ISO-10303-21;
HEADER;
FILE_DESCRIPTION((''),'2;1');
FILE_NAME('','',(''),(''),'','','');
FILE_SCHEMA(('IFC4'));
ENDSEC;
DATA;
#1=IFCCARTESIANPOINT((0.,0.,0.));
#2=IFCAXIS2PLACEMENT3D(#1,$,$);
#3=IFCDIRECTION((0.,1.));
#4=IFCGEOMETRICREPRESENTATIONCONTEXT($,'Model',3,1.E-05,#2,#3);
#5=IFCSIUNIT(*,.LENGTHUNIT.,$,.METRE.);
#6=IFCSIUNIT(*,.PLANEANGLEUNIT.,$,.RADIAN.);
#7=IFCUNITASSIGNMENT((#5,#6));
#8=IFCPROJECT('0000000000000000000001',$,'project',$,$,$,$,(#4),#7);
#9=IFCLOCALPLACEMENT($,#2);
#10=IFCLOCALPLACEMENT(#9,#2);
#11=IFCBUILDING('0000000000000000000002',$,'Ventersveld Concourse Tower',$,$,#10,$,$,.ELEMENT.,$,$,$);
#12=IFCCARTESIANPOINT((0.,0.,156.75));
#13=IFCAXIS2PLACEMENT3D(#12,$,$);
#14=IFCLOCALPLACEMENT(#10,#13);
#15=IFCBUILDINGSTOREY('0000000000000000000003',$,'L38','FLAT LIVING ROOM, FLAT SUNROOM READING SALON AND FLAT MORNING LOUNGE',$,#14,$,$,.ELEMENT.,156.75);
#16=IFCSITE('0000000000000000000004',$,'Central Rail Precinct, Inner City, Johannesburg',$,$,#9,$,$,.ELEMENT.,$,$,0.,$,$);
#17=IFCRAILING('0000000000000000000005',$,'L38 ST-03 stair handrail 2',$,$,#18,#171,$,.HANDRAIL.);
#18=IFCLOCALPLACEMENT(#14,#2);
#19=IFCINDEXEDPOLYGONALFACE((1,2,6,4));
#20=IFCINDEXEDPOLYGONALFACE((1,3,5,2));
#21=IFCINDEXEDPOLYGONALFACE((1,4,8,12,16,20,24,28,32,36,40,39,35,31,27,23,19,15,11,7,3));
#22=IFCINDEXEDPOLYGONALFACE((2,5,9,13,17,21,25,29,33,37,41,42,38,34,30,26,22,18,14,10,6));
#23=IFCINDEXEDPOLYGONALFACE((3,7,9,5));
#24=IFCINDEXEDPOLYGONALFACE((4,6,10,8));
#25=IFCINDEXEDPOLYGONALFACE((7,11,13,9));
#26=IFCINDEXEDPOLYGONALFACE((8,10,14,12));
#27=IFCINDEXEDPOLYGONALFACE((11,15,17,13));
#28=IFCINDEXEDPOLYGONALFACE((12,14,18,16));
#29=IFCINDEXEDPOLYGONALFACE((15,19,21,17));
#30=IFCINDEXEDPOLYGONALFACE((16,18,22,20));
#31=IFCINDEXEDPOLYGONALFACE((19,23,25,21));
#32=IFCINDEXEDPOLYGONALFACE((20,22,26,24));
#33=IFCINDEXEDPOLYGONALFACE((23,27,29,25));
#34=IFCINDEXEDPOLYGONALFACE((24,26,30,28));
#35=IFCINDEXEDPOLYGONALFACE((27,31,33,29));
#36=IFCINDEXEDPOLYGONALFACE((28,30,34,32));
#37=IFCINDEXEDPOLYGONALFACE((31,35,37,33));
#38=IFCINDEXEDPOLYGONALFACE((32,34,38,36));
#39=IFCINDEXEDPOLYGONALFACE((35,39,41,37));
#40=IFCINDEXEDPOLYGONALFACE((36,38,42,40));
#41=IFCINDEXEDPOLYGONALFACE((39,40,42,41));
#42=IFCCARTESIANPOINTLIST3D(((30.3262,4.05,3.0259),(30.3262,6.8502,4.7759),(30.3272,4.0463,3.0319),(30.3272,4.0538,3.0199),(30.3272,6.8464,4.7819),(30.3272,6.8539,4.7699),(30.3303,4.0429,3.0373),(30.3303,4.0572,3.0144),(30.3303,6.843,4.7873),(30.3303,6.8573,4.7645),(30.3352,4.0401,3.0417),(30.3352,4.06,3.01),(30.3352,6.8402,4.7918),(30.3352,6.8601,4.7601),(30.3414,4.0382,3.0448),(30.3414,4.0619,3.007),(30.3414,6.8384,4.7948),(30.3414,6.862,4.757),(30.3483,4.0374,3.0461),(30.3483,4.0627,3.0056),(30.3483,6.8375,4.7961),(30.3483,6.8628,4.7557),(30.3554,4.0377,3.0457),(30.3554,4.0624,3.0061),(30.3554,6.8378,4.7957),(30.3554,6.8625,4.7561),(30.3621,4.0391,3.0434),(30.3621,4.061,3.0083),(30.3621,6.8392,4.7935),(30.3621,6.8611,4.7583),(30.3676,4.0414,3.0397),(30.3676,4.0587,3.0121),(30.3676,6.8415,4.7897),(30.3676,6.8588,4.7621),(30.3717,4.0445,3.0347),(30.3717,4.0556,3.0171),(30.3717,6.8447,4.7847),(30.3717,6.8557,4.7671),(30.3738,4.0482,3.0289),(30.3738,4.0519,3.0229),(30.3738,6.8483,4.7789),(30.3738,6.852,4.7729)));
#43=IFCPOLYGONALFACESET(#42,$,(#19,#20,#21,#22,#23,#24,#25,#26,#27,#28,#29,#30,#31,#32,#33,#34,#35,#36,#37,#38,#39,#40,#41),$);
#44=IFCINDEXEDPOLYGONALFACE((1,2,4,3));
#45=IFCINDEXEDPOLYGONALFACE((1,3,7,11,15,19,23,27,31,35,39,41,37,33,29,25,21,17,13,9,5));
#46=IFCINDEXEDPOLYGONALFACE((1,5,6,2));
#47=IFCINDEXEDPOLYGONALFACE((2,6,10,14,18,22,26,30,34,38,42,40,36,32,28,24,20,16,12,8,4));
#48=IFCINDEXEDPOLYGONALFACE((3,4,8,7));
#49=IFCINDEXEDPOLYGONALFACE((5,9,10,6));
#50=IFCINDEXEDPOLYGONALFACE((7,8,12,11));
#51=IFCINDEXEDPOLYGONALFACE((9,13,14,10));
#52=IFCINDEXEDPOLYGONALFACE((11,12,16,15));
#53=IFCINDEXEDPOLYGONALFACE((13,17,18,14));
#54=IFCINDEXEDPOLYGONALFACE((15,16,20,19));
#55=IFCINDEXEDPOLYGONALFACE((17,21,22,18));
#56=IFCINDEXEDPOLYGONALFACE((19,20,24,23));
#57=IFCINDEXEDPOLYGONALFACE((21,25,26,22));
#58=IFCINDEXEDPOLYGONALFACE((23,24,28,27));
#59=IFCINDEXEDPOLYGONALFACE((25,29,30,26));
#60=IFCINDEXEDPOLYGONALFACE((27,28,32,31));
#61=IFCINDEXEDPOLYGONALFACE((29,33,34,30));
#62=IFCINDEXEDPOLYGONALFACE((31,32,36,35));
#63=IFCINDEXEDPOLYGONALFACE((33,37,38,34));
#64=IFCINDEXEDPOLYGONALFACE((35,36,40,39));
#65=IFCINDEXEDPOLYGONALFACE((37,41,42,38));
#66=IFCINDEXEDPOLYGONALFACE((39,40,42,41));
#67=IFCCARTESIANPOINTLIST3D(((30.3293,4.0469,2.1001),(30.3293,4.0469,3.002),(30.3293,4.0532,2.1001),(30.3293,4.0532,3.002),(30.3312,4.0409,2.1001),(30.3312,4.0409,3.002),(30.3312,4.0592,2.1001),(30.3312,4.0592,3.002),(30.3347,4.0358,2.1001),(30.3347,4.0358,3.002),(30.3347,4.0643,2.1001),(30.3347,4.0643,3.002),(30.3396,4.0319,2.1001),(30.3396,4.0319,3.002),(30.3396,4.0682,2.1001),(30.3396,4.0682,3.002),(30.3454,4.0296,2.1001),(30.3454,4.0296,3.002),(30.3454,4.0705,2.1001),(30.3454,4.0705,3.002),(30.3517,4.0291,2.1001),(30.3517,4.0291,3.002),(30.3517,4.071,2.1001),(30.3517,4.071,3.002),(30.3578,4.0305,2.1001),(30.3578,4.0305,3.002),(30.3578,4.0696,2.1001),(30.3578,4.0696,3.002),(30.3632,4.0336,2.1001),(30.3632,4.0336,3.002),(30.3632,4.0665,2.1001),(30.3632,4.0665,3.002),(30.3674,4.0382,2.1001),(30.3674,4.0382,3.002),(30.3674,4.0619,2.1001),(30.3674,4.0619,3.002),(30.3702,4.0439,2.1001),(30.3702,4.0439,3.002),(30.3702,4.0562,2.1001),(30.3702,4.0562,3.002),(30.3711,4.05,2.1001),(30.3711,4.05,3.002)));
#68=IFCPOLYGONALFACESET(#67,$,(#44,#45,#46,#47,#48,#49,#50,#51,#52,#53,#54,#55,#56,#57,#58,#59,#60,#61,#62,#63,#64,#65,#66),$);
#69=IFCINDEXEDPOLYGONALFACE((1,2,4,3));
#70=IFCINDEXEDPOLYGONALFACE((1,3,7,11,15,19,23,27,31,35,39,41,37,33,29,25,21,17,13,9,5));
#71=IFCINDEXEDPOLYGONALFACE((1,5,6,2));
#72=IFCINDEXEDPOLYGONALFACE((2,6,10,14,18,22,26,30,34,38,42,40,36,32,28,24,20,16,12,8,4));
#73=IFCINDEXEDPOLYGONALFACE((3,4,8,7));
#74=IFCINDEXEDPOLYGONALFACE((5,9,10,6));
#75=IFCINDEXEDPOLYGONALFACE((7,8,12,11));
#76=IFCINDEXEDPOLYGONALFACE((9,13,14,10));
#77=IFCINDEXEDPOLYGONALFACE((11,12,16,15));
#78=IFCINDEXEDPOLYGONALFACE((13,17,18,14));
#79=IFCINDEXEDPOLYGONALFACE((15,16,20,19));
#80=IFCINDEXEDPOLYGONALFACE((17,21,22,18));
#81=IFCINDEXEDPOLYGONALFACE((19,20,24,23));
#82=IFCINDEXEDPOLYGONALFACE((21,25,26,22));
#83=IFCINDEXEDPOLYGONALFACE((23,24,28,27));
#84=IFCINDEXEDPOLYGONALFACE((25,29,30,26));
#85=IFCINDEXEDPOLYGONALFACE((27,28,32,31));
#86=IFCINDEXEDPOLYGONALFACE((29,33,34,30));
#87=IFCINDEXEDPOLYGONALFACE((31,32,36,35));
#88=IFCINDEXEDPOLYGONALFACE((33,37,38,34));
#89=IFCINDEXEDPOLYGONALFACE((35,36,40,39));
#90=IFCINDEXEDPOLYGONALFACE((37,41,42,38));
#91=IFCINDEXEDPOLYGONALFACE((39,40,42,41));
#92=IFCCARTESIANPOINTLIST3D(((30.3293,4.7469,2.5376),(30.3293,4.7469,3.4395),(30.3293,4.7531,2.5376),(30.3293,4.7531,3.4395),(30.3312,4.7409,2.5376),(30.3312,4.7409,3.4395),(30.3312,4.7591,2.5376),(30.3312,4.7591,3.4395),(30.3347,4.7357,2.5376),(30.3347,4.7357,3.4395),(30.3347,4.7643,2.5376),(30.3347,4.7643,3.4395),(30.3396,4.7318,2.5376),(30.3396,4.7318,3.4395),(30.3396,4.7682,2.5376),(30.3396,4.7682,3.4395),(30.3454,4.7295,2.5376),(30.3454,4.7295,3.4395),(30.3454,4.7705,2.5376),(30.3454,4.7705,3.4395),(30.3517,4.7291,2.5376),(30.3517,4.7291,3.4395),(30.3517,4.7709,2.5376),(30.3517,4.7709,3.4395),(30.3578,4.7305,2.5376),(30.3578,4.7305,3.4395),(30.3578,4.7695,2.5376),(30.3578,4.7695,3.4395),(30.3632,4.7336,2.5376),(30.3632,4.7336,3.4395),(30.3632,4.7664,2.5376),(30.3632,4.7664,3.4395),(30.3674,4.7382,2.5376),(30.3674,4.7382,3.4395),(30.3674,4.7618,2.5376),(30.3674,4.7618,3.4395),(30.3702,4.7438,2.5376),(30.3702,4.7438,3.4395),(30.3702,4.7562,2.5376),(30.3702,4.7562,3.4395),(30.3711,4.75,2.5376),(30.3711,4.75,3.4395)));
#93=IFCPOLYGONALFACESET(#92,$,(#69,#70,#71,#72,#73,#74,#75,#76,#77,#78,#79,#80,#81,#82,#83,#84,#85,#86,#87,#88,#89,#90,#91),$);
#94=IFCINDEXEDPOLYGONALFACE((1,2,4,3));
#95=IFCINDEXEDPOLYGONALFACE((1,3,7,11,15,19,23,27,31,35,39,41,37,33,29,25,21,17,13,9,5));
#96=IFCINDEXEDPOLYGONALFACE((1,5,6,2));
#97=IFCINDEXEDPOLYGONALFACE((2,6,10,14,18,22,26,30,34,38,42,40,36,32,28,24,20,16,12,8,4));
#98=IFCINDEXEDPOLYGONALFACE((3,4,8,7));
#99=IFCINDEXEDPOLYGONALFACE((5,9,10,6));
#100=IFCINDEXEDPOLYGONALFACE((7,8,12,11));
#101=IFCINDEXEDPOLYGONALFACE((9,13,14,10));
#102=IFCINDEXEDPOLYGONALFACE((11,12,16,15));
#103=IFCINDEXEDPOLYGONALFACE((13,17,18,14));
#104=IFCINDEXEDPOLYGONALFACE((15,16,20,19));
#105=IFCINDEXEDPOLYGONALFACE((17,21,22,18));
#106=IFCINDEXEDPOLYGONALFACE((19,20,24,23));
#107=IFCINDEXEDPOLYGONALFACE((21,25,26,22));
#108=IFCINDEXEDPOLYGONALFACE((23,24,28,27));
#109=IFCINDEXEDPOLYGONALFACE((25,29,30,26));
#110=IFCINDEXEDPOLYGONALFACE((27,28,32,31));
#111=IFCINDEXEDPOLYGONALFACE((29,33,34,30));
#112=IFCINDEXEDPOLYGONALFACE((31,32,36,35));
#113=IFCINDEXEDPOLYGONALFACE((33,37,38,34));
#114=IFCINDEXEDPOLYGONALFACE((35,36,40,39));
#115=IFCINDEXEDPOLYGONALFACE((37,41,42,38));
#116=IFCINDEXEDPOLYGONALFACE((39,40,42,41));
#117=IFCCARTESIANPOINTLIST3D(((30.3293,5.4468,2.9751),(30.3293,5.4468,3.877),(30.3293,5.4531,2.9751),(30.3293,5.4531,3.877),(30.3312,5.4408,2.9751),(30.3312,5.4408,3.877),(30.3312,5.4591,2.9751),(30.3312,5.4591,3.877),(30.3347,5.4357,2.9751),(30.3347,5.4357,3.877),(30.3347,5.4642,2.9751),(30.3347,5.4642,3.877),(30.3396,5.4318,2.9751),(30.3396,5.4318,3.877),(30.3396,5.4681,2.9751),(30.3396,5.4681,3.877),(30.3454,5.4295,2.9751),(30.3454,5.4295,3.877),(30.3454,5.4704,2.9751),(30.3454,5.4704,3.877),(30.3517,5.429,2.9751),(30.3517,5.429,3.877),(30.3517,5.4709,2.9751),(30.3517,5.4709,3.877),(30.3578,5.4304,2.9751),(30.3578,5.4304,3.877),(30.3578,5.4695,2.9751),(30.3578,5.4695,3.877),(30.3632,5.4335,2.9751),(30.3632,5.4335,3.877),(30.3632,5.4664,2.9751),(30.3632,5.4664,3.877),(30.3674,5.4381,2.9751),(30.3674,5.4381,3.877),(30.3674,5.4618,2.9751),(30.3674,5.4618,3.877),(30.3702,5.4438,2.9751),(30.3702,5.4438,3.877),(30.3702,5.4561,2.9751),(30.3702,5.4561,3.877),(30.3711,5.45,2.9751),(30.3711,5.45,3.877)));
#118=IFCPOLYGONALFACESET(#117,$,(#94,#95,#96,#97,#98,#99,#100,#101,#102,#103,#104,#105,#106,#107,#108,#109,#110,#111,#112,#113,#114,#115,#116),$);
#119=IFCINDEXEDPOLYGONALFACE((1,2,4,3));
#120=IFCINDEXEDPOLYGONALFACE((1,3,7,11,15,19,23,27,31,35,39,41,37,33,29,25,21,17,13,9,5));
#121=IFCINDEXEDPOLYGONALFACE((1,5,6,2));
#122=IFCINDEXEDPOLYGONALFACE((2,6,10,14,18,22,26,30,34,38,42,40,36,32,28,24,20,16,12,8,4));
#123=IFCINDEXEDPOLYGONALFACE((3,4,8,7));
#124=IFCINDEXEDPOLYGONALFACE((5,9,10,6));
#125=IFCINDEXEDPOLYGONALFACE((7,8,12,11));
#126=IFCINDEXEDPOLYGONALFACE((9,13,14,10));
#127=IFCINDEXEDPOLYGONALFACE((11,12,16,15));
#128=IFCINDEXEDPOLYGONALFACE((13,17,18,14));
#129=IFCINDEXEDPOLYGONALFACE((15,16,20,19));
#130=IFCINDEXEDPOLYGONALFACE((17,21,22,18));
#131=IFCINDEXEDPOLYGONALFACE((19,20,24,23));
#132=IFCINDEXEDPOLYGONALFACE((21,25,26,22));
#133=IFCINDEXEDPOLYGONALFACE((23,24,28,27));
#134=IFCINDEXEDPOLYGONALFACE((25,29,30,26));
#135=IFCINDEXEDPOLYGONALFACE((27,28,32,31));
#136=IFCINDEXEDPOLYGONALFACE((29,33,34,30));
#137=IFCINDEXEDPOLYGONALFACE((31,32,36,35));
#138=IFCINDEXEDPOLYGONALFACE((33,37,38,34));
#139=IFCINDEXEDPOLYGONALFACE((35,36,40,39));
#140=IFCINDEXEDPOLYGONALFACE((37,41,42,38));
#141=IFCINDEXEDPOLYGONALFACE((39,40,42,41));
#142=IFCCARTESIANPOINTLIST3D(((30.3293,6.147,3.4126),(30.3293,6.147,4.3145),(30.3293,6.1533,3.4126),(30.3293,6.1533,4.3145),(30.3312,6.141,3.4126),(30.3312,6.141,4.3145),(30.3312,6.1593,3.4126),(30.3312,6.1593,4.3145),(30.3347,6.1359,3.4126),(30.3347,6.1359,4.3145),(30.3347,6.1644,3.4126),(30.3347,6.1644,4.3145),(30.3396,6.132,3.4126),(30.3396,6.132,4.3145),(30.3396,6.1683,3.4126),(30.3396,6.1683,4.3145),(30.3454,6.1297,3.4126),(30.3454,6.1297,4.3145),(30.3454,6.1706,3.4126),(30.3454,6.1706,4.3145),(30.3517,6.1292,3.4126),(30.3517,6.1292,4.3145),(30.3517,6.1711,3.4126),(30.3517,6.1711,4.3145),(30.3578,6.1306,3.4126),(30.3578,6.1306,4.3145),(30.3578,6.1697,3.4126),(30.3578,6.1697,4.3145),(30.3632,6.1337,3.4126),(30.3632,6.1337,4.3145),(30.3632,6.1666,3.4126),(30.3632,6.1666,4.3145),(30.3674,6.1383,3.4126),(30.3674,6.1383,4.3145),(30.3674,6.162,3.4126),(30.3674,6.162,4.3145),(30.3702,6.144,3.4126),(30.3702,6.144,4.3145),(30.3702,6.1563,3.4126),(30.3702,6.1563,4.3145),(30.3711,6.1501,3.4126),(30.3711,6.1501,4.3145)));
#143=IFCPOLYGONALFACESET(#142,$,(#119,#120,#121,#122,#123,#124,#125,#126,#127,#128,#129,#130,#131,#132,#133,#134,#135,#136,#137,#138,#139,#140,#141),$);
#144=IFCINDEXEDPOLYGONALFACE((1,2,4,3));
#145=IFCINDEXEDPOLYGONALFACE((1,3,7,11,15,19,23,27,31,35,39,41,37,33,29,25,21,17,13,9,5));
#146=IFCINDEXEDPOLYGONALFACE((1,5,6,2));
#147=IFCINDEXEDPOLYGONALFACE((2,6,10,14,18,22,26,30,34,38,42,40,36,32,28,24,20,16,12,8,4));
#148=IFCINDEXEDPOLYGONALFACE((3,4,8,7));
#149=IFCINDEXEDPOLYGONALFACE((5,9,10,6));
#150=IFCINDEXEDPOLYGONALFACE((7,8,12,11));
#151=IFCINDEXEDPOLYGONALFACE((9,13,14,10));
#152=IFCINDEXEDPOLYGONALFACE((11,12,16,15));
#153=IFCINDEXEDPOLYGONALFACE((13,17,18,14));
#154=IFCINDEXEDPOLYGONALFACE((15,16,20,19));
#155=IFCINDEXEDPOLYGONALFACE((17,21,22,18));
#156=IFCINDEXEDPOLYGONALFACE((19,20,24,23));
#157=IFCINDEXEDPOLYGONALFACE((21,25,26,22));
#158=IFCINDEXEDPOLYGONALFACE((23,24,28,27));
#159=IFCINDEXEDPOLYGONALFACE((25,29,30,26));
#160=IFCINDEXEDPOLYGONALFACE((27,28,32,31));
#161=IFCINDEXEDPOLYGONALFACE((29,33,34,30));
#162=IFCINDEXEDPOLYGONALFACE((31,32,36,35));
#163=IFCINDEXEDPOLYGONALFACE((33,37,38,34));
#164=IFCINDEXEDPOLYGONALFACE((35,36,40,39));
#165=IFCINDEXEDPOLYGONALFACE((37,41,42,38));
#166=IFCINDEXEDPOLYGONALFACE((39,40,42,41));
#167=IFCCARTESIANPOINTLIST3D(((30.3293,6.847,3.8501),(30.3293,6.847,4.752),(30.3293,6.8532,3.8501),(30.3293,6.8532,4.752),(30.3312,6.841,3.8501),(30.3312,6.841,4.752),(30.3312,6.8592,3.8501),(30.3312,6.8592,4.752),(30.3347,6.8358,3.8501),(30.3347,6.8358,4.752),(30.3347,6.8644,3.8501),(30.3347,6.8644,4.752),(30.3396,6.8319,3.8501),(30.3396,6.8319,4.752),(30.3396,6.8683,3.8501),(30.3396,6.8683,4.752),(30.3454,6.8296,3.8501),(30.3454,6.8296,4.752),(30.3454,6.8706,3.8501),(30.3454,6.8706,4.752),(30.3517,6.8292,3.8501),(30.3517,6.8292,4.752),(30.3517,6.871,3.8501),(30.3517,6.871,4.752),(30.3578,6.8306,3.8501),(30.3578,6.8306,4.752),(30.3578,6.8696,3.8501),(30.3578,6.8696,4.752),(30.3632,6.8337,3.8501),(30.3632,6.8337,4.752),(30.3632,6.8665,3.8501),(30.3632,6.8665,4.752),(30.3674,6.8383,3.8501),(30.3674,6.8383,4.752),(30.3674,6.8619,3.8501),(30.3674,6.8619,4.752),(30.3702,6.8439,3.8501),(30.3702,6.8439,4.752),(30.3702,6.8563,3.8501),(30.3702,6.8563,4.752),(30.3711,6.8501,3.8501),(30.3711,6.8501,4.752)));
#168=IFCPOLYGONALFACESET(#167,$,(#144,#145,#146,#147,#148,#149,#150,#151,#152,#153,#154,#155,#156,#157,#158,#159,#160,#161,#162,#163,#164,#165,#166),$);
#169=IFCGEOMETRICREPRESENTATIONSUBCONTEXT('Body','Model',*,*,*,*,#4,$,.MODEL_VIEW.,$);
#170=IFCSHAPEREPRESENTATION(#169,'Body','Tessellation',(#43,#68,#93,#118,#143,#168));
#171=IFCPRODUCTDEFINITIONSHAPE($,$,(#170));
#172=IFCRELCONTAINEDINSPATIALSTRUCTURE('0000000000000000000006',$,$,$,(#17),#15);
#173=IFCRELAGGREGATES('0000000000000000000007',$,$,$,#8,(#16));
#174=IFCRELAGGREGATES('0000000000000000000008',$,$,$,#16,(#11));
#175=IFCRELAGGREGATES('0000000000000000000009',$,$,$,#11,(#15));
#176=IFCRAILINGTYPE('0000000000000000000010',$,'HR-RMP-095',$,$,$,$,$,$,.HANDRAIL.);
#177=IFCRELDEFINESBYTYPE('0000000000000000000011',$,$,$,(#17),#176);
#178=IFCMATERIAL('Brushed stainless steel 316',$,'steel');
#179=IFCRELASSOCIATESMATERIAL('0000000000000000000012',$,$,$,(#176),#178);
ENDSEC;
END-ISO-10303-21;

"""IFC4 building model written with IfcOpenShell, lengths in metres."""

from ifc_helpers import new_model, si_unit, direction, frame, origin, origin_2d, place, context, subcontext, project, spatial, circle, extrude, material, type_object, element, save


model = new_model("IFC4")

# Units and contexts
model_context = context("Model", 3, precision=1e-05, world=origin(), true_north=direction((0.0, 1.0)))
body_context = subcontext(model_context, "Body", "Model", "MODEL_VIEW")
ifc_project = project(units=[si_unit("LENGTHUNIT", "METRE"), si_unit("PLANEANGLEUNIT", "RADIAN")], contexts=[model_context])

# Site, building, storey
site_placement = place(None, origin())
site = spatial("IfcSite", under=ifc_project, at=site_placement, Name="Central Rail Precinct, Inner City, Johannesburg", CompositionType="ELEMENT", RefElevation=0.0)
building_placement = place(site_placement, origin())
building = spatial("IfcBuilding", under=site, at=building_placement, Name="Ventersveld Concourse Tower", CompositionType="ELEMENT")
storey_placement = place(building_placement, frame((0.0, 0.0, 156.75)))
storey = spatial("IfcBuildingStorey", under=building, at=storey_placement, Name="L38", Description="FLAT LIVING ROOM, FLAT SUNROOM READING SALON AND FLAT MORNING LOUNGE", CompositionType="ELEMENT", Elevation=156.75)

# Shared definitions
ifc_material_1 = material(Name="Brushed stainless steel 316", Category="steel")

# Railing
railing_type_1 = type_object("IfcRailingType", Name="HR-RMP-095", PredefinedType="HANDRAIL", material=ifc_material_1)
railing_1_placement = place(storey_placement, frame((30.3501, 4.05, 2.1001)))
element("IfcRailing", 1, at=railing_1_placement, inside=storey, type_object=railing_type_1, Name="L38 ST-03 stair handrail 2", PredefinedType="HANDRAIL", context=body_context, shape_type="SweptSolid", body=[
    extrude(circle(Radius=0.0239, at=origin_2d()), frame((0.0, 0.0, 0.9258), z_axis=(0.0, 0.848002, 0.529992), x_axis=(-1.0, 0.0, 0.0)), (0.0, 0.0, 1.0), 3.302),
    extrude(circle(Radius=0.021, at=origin_2d()), origin(), (0.0, 0.0, 1.0), 0.9019),
    extrude(circle(Radius=0.021, at=origin_2d()), frame((0.0, 0.7, 0.4375)), (0.0, 0.0, 1.0), 0.9019),
    extrude(circle(Radius=0.021, at=origin_2d()), frame((0.0, 1.3999, 0.875)), (0.0, 0.0, 1.0), 0.9019),
    extrude(circle(Radius=0.021, at=origin_2d()), frame((0.0, 2.1001, 1.3125)), (0.0, 0.0, 1.0), 0.9019),
    extrude(circle(Radius=0.021, at=origin_2d()), frame((0.0, 2.8, 1.75)), (0.0, 0.0, 1.0), 0.9019),
])

save(model, "model.ifc")
